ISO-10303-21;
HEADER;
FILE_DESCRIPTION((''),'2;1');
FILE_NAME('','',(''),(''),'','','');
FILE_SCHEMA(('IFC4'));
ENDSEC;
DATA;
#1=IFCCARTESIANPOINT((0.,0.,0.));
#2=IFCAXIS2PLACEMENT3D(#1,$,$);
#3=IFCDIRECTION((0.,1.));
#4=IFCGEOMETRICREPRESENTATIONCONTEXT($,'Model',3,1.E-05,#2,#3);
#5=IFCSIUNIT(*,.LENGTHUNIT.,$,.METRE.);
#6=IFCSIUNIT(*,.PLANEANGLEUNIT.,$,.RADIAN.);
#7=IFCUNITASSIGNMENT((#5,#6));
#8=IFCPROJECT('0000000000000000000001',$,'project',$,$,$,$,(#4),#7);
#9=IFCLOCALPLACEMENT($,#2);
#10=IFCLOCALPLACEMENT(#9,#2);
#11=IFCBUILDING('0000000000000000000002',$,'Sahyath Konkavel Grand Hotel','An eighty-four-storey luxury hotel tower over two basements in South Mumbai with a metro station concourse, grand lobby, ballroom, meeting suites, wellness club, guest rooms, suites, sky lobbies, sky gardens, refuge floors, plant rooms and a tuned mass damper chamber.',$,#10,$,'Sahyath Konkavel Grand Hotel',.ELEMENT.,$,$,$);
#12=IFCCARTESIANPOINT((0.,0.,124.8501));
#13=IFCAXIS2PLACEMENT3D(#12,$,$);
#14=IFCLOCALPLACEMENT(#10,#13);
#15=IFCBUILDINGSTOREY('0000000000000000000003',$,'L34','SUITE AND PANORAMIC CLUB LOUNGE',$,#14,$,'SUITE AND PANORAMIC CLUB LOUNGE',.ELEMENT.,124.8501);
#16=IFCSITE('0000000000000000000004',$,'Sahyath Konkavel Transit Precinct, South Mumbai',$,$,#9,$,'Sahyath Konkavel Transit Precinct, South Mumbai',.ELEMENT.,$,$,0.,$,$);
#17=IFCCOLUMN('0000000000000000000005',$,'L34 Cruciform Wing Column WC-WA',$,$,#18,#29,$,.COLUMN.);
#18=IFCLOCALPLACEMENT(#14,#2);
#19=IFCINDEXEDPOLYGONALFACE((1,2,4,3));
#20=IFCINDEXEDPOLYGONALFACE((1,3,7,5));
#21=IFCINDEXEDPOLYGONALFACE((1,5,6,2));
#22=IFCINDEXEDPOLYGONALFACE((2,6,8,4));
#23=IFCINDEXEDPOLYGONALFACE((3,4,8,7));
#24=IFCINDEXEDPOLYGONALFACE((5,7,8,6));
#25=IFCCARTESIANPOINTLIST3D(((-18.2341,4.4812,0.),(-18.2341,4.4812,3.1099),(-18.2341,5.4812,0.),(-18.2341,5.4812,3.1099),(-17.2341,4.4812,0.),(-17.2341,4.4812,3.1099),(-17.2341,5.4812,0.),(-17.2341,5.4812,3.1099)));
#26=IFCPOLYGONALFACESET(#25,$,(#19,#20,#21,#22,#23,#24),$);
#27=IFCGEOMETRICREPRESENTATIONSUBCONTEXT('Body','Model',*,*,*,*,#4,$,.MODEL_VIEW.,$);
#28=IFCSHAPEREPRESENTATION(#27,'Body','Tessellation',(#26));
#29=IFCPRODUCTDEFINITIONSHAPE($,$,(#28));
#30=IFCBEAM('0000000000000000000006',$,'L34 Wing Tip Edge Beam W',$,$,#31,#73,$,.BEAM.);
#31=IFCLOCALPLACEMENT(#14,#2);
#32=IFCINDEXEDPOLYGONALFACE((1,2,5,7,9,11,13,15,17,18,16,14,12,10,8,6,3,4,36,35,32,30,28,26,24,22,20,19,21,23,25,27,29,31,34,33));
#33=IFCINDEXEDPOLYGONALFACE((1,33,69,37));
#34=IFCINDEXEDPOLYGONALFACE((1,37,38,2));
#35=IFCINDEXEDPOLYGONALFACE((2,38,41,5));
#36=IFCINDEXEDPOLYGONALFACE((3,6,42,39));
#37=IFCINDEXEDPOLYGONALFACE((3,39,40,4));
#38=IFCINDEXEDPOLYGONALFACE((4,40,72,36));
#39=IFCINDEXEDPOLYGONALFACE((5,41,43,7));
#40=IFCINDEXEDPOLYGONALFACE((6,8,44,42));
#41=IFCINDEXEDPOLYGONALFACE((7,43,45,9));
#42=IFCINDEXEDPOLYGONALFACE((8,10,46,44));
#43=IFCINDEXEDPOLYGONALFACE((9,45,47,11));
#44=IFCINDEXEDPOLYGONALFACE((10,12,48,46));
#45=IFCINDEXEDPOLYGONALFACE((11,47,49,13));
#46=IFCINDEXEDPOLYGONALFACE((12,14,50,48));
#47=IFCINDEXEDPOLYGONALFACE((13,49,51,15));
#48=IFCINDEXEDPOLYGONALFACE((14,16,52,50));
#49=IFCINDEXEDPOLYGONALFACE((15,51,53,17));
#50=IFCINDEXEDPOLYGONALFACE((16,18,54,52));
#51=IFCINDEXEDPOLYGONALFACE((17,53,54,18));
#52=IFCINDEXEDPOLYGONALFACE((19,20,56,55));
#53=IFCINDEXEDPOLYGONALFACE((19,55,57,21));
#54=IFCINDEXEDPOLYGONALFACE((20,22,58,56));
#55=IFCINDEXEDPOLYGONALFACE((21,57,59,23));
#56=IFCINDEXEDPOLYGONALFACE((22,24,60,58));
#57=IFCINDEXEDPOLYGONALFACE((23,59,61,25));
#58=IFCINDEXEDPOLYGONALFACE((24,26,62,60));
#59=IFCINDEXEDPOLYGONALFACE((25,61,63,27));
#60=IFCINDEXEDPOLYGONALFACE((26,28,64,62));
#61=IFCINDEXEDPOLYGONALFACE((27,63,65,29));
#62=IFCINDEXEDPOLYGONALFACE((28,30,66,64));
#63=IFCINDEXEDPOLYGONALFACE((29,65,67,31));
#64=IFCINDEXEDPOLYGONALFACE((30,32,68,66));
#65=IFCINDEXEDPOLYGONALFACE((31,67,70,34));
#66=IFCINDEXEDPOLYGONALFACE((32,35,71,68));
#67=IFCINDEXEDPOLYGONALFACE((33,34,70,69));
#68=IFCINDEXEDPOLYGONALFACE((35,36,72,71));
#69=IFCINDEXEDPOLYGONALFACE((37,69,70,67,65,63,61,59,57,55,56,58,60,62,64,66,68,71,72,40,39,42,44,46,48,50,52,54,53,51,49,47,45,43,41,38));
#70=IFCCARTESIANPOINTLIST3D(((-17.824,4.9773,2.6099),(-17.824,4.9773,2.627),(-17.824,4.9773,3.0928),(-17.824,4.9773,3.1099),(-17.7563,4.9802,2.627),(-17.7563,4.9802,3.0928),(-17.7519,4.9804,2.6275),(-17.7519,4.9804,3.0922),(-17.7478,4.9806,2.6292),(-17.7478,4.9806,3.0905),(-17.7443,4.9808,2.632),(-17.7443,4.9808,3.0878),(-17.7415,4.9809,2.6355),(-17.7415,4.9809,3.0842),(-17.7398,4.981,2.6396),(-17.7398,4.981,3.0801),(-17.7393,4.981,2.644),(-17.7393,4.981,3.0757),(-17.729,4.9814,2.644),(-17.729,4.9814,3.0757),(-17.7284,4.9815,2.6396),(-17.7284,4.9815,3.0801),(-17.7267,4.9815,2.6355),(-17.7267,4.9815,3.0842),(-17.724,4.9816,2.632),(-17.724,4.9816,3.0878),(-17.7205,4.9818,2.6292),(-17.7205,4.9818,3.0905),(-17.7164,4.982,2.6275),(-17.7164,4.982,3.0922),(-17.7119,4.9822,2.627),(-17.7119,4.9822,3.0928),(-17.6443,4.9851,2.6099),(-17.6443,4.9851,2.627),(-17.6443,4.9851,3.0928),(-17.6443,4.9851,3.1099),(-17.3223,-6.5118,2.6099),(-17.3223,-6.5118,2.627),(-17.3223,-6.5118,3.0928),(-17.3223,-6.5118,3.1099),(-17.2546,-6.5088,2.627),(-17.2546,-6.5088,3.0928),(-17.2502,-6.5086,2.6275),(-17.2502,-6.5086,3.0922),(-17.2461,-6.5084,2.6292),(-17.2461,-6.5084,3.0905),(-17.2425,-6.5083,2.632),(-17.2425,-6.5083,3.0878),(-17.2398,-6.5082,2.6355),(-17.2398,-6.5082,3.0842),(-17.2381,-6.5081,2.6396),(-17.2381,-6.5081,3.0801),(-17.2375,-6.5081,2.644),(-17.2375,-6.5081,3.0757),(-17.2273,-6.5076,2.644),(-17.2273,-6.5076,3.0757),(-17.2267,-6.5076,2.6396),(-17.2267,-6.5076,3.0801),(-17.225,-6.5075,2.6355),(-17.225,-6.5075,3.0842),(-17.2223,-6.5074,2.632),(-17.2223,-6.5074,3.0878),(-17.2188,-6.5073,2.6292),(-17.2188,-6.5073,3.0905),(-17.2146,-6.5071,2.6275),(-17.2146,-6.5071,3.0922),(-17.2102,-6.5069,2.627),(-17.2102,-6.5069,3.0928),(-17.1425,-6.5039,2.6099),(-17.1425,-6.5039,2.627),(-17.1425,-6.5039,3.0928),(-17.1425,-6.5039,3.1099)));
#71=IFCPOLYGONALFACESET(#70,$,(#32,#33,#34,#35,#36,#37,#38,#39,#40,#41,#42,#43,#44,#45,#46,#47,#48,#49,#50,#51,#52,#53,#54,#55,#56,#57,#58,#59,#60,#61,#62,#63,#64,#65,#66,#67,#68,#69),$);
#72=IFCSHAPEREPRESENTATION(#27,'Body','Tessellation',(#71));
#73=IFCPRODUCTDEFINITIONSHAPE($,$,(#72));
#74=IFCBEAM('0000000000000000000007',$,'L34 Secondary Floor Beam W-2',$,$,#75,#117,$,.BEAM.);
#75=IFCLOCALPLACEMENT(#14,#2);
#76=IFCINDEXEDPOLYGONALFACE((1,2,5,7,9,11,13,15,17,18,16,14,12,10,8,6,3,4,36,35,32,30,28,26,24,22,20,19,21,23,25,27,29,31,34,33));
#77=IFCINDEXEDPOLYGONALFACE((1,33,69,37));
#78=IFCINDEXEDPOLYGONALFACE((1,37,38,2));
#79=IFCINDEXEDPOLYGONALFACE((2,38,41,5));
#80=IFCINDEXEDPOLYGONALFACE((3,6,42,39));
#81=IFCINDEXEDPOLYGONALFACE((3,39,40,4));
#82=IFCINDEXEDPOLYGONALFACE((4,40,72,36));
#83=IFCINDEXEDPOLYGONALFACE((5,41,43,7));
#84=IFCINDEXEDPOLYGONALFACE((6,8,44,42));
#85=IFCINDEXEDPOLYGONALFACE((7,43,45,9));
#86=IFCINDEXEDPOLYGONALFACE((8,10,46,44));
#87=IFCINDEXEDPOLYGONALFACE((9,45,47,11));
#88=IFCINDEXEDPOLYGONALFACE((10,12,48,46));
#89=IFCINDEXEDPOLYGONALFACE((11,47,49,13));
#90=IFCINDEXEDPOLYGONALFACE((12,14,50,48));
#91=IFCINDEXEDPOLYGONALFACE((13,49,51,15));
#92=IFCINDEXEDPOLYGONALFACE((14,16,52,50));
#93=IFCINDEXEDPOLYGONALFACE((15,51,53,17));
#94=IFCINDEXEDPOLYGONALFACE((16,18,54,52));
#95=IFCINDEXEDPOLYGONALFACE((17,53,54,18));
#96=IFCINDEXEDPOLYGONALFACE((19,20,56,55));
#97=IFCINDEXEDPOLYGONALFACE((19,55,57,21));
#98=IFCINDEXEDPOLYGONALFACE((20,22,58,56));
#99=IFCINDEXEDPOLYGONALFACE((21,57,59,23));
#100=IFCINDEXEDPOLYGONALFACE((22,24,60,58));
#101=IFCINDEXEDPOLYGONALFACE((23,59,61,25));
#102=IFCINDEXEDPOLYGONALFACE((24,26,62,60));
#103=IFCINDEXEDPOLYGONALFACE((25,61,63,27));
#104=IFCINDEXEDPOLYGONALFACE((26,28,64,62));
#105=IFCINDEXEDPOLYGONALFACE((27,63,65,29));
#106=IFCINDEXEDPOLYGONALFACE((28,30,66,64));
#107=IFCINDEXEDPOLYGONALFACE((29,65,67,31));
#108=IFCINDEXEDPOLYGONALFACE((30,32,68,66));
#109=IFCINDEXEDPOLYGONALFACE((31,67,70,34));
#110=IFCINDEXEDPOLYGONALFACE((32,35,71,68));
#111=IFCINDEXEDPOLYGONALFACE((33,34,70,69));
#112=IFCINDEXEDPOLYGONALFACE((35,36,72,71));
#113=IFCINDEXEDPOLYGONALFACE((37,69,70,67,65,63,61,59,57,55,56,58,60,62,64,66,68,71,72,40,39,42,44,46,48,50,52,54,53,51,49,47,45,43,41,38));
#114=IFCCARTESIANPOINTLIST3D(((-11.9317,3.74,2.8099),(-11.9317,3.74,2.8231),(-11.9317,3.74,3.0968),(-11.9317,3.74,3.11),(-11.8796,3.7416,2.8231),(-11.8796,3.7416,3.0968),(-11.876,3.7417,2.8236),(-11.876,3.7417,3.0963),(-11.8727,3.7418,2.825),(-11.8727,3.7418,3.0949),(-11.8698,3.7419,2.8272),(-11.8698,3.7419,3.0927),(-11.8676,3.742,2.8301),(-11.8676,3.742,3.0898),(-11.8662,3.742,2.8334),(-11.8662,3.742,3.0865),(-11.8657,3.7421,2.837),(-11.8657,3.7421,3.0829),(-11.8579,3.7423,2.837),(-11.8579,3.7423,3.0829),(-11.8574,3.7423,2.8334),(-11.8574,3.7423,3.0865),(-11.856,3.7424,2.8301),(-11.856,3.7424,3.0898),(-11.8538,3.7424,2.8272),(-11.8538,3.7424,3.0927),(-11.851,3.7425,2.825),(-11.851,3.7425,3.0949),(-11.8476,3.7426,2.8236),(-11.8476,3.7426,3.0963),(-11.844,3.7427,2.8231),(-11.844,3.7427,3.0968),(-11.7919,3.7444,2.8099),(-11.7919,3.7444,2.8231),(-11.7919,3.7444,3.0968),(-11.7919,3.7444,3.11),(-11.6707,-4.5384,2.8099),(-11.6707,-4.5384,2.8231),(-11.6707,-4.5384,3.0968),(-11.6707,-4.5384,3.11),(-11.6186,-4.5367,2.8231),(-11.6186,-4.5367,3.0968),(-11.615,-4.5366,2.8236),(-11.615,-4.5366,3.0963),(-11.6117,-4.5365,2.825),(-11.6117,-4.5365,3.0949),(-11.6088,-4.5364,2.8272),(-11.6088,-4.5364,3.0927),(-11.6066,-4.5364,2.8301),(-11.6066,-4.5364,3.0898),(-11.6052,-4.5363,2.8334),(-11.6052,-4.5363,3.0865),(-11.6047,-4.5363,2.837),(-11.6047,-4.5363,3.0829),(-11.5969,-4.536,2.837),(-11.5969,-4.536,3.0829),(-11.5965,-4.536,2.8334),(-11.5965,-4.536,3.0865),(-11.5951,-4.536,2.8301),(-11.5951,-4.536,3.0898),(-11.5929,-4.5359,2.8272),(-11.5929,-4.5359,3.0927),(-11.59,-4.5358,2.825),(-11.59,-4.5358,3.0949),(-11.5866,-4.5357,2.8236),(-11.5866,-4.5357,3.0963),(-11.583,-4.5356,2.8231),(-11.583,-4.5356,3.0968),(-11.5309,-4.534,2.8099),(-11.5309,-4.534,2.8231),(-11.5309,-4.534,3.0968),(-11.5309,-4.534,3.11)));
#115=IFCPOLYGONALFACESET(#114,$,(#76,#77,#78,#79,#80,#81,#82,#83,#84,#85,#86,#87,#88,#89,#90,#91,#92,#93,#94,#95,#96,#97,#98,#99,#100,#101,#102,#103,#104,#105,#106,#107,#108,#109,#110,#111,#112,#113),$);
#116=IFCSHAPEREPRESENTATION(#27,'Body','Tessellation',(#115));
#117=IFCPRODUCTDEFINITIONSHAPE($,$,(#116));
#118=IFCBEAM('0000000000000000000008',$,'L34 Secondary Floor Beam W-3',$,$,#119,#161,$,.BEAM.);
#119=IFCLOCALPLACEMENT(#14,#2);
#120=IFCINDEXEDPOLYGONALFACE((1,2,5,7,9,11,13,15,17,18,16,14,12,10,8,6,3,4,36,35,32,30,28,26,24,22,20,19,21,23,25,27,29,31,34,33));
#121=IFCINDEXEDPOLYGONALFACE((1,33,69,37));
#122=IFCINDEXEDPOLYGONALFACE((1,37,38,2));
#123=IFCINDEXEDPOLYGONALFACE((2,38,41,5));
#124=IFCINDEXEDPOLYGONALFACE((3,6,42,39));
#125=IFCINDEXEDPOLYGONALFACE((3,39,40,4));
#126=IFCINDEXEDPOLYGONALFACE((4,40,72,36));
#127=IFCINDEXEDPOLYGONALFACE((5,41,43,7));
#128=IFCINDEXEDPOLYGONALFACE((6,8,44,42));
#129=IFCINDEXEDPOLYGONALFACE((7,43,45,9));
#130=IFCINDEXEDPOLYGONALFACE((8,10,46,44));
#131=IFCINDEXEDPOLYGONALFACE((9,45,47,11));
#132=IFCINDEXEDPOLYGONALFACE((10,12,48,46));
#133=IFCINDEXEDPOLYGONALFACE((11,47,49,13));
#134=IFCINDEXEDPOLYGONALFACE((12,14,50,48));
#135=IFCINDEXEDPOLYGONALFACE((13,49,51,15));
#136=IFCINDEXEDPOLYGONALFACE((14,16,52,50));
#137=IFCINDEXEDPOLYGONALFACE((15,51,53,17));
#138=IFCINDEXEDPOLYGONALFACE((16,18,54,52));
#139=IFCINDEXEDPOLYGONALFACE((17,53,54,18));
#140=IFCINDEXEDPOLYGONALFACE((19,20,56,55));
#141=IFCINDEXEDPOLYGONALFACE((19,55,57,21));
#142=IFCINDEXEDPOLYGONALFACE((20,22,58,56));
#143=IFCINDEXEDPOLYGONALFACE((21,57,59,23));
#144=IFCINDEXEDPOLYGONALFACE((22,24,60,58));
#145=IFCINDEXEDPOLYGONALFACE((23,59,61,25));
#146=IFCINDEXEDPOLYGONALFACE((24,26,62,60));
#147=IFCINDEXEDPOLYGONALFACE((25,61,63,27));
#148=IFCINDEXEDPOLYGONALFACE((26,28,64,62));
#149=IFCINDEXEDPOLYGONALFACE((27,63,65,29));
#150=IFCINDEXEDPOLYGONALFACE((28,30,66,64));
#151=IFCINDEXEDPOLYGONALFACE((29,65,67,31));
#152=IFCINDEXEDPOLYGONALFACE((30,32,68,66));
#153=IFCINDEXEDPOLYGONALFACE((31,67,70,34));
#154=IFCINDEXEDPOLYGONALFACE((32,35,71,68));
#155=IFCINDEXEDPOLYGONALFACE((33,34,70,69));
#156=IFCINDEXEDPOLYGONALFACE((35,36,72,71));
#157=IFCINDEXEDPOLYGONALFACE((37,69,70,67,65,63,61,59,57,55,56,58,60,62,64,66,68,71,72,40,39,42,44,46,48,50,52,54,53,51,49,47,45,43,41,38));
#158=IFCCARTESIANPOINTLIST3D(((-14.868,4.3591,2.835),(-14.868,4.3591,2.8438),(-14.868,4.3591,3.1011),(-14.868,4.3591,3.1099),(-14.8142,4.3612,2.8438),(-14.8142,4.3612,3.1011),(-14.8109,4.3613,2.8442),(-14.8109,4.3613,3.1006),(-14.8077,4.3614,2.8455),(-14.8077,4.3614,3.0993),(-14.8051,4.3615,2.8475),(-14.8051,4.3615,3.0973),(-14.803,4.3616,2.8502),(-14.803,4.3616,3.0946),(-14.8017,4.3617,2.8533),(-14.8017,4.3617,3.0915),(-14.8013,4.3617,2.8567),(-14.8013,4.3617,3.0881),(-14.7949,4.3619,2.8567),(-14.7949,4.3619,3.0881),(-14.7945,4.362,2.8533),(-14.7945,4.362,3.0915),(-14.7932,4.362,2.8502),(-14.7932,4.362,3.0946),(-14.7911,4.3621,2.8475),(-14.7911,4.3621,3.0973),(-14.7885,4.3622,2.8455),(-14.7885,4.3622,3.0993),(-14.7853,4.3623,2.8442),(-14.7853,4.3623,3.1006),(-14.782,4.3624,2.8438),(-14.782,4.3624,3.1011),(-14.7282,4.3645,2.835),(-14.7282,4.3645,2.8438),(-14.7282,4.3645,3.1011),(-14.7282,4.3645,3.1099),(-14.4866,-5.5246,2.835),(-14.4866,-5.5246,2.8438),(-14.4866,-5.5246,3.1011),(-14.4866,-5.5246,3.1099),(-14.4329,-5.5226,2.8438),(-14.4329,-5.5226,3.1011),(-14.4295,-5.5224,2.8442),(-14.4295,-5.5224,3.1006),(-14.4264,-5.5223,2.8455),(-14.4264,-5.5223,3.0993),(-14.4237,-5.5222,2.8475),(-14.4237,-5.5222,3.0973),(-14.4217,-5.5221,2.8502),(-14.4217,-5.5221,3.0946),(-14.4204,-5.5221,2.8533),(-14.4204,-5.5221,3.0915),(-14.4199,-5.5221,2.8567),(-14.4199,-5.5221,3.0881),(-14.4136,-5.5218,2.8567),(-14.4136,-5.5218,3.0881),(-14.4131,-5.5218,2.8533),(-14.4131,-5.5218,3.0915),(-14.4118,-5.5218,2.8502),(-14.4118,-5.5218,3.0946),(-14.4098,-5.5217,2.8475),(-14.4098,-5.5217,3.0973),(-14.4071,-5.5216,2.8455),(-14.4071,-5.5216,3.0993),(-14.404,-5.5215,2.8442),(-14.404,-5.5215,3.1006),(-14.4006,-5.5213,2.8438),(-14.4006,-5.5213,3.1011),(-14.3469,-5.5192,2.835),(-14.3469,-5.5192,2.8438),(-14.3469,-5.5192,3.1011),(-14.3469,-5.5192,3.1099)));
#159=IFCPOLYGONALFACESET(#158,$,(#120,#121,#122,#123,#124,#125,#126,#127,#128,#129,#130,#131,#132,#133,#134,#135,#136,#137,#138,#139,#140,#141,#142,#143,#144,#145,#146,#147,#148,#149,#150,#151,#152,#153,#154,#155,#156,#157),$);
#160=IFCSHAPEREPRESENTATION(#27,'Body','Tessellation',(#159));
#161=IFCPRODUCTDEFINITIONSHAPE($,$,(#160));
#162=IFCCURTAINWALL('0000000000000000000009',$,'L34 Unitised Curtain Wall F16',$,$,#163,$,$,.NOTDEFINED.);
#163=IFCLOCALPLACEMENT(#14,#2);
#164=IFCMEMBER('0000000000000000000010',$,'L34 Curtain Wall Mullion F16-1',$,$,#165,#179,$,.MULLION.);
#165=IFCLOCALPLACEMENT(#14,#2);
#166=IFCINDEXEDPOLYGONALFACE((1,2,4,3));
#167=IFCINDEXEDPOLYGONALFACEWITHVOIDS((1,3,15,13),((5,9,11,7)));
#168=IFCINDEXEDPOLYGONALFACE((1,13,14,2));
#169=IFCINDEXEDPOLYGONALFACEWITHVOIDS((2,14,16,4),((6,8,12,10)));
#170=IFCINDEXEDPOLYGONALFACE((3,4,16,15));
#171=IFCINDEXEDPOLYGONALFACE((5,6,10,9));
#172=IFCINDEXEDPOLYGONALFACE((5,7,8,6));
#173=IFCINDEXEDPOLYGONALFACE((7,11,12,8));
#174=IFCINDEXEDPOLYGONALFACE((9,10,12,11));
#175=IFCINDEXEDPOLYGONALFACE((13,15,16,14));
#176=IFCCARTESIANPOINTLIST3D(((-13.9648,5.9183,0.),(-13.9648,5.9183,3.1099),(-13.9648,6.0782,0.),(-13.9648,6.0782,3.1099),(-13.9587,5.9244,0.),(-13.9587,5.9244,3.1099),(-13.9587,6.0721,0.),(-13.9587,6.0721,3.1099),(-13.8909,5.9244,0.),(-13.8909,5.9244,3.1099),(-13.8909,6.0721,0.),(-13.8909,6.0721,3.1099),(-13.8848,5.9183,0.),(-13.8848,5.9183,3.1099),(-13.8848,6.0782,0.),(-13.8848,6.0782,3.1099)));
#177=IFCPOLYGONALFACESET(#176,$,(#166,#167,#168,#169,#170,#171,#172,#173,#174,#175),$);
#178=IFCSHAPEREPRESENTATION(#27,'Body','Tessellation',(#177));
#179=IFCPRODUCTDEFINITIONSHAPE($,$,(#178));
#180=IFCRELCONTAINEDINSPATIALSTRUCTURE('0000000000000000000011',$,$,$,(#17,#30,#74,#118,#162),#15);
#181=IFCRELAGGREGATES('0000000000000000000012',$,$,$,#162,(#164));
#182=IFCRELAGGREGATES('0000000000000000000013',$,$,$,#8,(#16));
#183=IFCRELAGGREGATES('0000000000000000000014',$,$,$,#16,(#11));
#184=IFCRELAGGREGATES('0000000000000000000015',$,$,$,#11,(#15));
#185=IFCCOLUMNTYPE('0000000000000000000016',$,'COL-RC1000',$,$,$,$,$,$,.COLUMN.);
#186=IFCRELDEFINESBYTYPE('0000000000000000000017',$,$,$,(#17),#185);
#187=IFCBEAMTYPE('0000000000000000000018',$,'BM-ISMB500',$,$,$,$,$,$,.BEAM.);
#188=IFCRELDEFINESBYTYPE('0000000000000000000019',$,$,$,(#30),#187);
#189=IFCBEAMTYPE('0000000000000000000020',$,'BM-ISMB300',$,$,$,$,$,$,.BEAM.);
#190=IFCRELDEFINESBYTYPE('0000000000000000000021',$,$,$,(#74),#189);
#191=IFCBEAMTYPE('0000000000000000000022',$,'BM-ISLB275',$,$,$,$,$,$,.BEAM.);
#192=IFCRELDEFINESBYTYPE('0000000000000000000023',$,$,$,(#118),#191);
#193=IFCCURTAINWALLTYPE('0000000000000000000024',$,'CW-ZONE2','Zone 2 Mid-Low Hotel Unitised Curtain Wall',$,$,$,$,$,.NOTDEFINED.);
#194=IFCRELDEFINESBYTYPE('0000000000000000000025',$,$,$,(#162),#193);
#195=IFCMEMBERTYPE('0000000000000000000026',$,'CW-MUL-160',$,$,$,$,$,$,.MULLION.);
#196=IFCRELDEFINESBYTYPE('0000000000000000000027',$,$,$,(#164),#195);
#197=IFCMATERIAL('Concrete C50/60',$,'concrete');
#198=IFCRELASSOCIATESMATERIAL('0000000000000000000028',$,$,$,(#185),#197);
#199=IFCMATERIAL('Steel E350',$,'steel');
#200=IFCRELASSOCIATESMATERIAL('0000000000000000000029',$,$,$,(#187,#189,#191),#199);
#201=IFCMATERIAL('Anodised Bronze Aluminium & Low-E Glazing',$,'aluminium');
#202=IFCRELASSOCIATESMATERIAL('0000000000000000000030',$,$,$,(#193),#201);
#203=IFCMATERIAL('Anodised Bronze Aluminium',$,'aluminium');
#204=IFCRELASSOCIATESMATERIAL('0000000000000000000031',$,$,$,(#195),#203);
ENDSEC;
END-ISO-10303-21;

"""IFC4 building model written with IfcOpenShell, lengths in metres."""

from ifc_helpers import new_model, si_unit, direction, frame, origin, origin_2d, place, context, subcontext, project, spatial, rectangle, hollow_rectangle, i_section, extrude, source, transform, mapped, material, material_profile, profile_set, type_object, element, aggregate, save


model = new_model("IFC4")

# Units and contexts
model_context = context("Model", 3, precision=1e-05, world=origin(), true_north=direction((0.0, 1.0)))
body_context = subcontext(model_context, "Body", "Model", "MODEL_VIEW")
ifc_project = project(units=[si_unit("LENGTHUNIT", "METRE"), si_unit("PLANEANGLEUNIT", "RADIAN")], contexts=[model_context])

# Site, building, storey
site_placement = place(None, origin())
site = spatial("IfcSite", under=ifc_project, at=site_placement, Name="Sahyath Konkavel Transit Precinct, South Mumbai", LongName="Sahyath Konkavel Transit Precinct, South Mumbai", CompositionType="ELEMENT", RefElevation=0.0)
building_placement = place(site_placement, origin())
building = spatial("IfcBuilding", under=site, at=building_placement, Name="Sahyath Konkavel Grand Hotel", Description="An eighty-four-storey luxury hotel tower over two basements in South Mumbai with a metro station concourse, grand lobby, ballroom, meeting suites, wellness club, guest rooms, suites, sky lobbies, sky gardens, refuge floors, plant rooms and a tuned mass damper chamber.", LongName="Sahyath Konkavel Grand Hotel", CompositionType="ELEMENT")
storey_placement = place(building_placement, frame((0.0, 0.0, 124.8501)))
storey = spatial("IfcBuildingStorey", under=building, at=storey_placement, Name="L34", Description="SUITE AND PANORAMIC CLUB LOUNGE", LongName="SUITE AND PANORAMIC CLUB LOUNGE", CompositionType="ELEMENT", Elevation=124.8501)

# Column
ifc_material_1 = material(Name="Concrete C50/60", Category="concrete")
ifc_material_profile_1 = material_profile(ifc_material_1, rectangle(XDim=1.0, YDim=1.0, at=origin_2d()), Name="RC 1000x1000")
ifc_profile_set_1 = profile_set([ifc_material_profile_1], Name="Concrete C50/60")
column_type = type_object("IfcColumnType", Name="COL-RC1000", PredefinedType="COLUMN", material=ifc_profile_set_1)
shared_shape_1 = source(origin(), body_context, "Body", "SweptSolid", [
    extrude(rectangle(XDim=1.0, YDim=1.0, at=origin_2d()), origin(), (0.0, 0.0, 1.0), 3.1099),
])
column_placement = place(storey_placement, frame((-17.7341, 4.9812, 0.0), z_axis=(0.0, 0.0, 1.0), x_axis=(1.0, 0.0, 0.0)))
element("IfcColumn", 1, at=column_placement, inside=storey, type_object=column_type, Name="L34 Cruciform Wing Column WC-WA", PredefinedType="COLUMN", context=body_context, shape_type="MappedRepresentation", body=[
    mapped(shared_shape_1, transform((0.0, 0.0, 0.0), scale=1.0)),
])

# Beams
ifc_material_2 = material(Name="Steel E350", Category="steel")
ifc_material_profile_2 = material_profile(ifc_material_2, i_section(OverallWidth=0.1799, OverallDepth=0.5, WebThickness=0.0103, FlangeThickness=0.0171, FilletRadius=0.0171, at=origin_2d()), Name="ISMB 500")
ifc_profile_set_2 = profile_set([ifc_material_profile_2], Name="Steel E350")
beam_type_1 = type_object("IfcBeamType", Name="BM-ISMB500", PredefinedType="BEAM", material=ifc_profile_set_2)
shared_shape_2 = source(origin(), body_context, "Body", "SweptSolid", [
    extrude(i_section(OverallWidth=0.1799, OverallDepth=0.5, WebThickness=0.0103, FlangeThickness=0.0171, FilletRadius=0.0171, at=origin_2d()), origin(), (0.0, 0.0, 1.0), 11.5),
])
beam_1_placement = place(storey_placement, frame((-17.7341, 4.9812, 2.8599), z_axis=(0.043627, -0.999048, 0.0), x_axis=(0.999048, 0.043627, 0.0)))
element("IfcBeam", 2, at=beam_1_placement, inside=storey, type_object=beam_type_1, Name="L34 Wing Tip Edge Beam W", PredefinedType="BEAM", context=body_context, shape_type="MappedRepresentation", body=[
    mapped(shared_shape_2, transform((0.0, 0.0, 0.0), scale=1.0)),
])
ifc_material_profile_3 = material_profile(ifc_material_2, i_section(OverallWidth=0.1399, OverallDepth=0.3, WebThickness=0.0078, FlangeThickness=0.0132, FilletRadius=0.0139, at=origin_2d()), Name="ISMB 300")
ifc_profile_set_3 = profile_set([ifc_material_profile_3], Name="Steel E350")
beam_type_2 = type_object("IfcBeamType", Name="BM-ISMB300", PredefinedType="BEAM", material=ifc_profile_set_3)
shared_shape_3 = source(origin(), body_context, "Body", "SweptSolid", [
    extrude(i_section(OverallWidth=0.1399, OverallDepth=0.3, WebThickness=0.0078, FlangeThickness=0.0132, FilletRadius=0.0139, at=origin_2d()), origin(), (0.0, 0.0, 1.0), 8.2825),
])
beam_2_placement = place(storey_placement, frame((-11.8618, 3.7422, 2.96), z_axis=(0.031511, -0.999503, 0.0), x_axis=(0.999503, 0.031511, 0.0)))
element("IfcBeam", 3, at=beam_2_placement, inside=storey, type_object=beam_type_2, Name="L34 Secondary Floor Beam W-2", PredefinedType="BEAM", context=body_context, shape_type="MappedRepresentation", body=[
    mapped(shared_shape_3, transform((0.0, 0.0, 0.0), scale=1.0)),
])
ifc_material_profile_4 = material_profile(ifc_material_2, i_section(OverallWidth=0.1399, OverallDepth=0.2749, WebThickness=0.0063, FlangeThickness=0.0088, FilletRadius=0.0129, at=origin_2d()), Name="ISLB 275")
ifc_profile_set_4 = profile_set([ifc_material_profile_4], Name="Steel E350")
beam_type_3 = type_object("IfcBeamType", Name="BM-ISLB275", PredefinedType="BEAM", material=ifc_profile_set_4)
shared_shape_4 = source(origin(), body_context, "Body", "SweptSolid", [
    extrude(i_section(OverallWidth=0.1399, OverallDepth=0.2749, WebThickness=0.0063, FlangeThickness=0.0088, FilletRadius=0.0129, at=origin_2d()), origin(), (0.0, 0.0, 1.0), 9.8911),
])
beam_3_placement = place(storey_placement, frame((-14.7981, 4.3618, 2.9724), z_axis=(0.038554, -0.999257, 0.0), x_axis=(0.999257, 0.038554, 0.0)))
element("IfcBeam", 4, at=beam_3_placement, inside=storey, type_object=beam_type_3, Name="L34 Secondary Floor Beam W-3", PredefinedType="BEAM", context=body_context, shape_type="MappedRepresentation", body=[
    mapped(shared_shape_4, transform((0.0, 0.0, 0.0), scale=1.0)),
])

# Curtain wall, member
ifc_material_3 = material(Name="Anodised Bronze Aluminium & Low-E Glazing", Category="aluminium")
curtain_wall_type = type_object("IfcCurtainWallType", Name="CW-ZONE2", Description="Zone 2 Mid-Low Hotel Unitised Curtain Wall", PredefinedType="NOTDEFINED", material=ifc_material_3)
curtain_wall_1_placement = place(storey_placement, origin())
curtain_wall_1 = element("IfcCurtainWall", 5, at=curtain_wall_1_placement, inside=storey, type_object=curtain_wall_type, Name="L34 Unitised Curtain Wall F16", PredefinedType="NOTDEFINED")
ifc_material_4 = material(Name="Anodised Bronze Aluminium", Category="aluminium")
ifc_material_profile_5 = material_profile(ifc_material_4, hollow_rectangle(XDim=0.0801, YDim=0.1599, WallThickness=0.0061, at=origin_2d()), Name="RHS 160x80x6")
ifc_profile_set_5 = profile_set([ifc_material_profile_5], Name="Anodised Bronze Aluminium")
member_type_1 = type_object("IfcMemberType", Name="CW-MUL-160", PredefinedType="MULLION", material=ifc_profile_set_5)
shared_shape_5 = source(origin(), body_context, "Body", "SweptSolid", [
    extrude(hollow_rectangle(XDim=0.0801, YDim=0.1599, WallThickness=0.0061, at=origin_2d()), origin(), (0.0, 0.0, 1.0), 3.1099),
])
member_1_placement = place(storey_placement, frame((-13.9248, 5.9983, 0.0), z_axis=(0.0, 0.0, 1.0), x_axis=(1.0, 0.0, 0.0)))
member_1 = element("IfcMember", 6, at=member_1_placement, type_object=member_type_1, Name="L34 Curtain Wall Mullion F16-1", PredefinedType="MULLION", context=body_context, shape_type="MappedRepresentation", body=[
    mapped(shared_shape_5, transform((0.0, 0.0, 0.0), scale=1.0)),
])

aggregate(curtain_wall_1, [member_1])

save(model, "model.ifc")
